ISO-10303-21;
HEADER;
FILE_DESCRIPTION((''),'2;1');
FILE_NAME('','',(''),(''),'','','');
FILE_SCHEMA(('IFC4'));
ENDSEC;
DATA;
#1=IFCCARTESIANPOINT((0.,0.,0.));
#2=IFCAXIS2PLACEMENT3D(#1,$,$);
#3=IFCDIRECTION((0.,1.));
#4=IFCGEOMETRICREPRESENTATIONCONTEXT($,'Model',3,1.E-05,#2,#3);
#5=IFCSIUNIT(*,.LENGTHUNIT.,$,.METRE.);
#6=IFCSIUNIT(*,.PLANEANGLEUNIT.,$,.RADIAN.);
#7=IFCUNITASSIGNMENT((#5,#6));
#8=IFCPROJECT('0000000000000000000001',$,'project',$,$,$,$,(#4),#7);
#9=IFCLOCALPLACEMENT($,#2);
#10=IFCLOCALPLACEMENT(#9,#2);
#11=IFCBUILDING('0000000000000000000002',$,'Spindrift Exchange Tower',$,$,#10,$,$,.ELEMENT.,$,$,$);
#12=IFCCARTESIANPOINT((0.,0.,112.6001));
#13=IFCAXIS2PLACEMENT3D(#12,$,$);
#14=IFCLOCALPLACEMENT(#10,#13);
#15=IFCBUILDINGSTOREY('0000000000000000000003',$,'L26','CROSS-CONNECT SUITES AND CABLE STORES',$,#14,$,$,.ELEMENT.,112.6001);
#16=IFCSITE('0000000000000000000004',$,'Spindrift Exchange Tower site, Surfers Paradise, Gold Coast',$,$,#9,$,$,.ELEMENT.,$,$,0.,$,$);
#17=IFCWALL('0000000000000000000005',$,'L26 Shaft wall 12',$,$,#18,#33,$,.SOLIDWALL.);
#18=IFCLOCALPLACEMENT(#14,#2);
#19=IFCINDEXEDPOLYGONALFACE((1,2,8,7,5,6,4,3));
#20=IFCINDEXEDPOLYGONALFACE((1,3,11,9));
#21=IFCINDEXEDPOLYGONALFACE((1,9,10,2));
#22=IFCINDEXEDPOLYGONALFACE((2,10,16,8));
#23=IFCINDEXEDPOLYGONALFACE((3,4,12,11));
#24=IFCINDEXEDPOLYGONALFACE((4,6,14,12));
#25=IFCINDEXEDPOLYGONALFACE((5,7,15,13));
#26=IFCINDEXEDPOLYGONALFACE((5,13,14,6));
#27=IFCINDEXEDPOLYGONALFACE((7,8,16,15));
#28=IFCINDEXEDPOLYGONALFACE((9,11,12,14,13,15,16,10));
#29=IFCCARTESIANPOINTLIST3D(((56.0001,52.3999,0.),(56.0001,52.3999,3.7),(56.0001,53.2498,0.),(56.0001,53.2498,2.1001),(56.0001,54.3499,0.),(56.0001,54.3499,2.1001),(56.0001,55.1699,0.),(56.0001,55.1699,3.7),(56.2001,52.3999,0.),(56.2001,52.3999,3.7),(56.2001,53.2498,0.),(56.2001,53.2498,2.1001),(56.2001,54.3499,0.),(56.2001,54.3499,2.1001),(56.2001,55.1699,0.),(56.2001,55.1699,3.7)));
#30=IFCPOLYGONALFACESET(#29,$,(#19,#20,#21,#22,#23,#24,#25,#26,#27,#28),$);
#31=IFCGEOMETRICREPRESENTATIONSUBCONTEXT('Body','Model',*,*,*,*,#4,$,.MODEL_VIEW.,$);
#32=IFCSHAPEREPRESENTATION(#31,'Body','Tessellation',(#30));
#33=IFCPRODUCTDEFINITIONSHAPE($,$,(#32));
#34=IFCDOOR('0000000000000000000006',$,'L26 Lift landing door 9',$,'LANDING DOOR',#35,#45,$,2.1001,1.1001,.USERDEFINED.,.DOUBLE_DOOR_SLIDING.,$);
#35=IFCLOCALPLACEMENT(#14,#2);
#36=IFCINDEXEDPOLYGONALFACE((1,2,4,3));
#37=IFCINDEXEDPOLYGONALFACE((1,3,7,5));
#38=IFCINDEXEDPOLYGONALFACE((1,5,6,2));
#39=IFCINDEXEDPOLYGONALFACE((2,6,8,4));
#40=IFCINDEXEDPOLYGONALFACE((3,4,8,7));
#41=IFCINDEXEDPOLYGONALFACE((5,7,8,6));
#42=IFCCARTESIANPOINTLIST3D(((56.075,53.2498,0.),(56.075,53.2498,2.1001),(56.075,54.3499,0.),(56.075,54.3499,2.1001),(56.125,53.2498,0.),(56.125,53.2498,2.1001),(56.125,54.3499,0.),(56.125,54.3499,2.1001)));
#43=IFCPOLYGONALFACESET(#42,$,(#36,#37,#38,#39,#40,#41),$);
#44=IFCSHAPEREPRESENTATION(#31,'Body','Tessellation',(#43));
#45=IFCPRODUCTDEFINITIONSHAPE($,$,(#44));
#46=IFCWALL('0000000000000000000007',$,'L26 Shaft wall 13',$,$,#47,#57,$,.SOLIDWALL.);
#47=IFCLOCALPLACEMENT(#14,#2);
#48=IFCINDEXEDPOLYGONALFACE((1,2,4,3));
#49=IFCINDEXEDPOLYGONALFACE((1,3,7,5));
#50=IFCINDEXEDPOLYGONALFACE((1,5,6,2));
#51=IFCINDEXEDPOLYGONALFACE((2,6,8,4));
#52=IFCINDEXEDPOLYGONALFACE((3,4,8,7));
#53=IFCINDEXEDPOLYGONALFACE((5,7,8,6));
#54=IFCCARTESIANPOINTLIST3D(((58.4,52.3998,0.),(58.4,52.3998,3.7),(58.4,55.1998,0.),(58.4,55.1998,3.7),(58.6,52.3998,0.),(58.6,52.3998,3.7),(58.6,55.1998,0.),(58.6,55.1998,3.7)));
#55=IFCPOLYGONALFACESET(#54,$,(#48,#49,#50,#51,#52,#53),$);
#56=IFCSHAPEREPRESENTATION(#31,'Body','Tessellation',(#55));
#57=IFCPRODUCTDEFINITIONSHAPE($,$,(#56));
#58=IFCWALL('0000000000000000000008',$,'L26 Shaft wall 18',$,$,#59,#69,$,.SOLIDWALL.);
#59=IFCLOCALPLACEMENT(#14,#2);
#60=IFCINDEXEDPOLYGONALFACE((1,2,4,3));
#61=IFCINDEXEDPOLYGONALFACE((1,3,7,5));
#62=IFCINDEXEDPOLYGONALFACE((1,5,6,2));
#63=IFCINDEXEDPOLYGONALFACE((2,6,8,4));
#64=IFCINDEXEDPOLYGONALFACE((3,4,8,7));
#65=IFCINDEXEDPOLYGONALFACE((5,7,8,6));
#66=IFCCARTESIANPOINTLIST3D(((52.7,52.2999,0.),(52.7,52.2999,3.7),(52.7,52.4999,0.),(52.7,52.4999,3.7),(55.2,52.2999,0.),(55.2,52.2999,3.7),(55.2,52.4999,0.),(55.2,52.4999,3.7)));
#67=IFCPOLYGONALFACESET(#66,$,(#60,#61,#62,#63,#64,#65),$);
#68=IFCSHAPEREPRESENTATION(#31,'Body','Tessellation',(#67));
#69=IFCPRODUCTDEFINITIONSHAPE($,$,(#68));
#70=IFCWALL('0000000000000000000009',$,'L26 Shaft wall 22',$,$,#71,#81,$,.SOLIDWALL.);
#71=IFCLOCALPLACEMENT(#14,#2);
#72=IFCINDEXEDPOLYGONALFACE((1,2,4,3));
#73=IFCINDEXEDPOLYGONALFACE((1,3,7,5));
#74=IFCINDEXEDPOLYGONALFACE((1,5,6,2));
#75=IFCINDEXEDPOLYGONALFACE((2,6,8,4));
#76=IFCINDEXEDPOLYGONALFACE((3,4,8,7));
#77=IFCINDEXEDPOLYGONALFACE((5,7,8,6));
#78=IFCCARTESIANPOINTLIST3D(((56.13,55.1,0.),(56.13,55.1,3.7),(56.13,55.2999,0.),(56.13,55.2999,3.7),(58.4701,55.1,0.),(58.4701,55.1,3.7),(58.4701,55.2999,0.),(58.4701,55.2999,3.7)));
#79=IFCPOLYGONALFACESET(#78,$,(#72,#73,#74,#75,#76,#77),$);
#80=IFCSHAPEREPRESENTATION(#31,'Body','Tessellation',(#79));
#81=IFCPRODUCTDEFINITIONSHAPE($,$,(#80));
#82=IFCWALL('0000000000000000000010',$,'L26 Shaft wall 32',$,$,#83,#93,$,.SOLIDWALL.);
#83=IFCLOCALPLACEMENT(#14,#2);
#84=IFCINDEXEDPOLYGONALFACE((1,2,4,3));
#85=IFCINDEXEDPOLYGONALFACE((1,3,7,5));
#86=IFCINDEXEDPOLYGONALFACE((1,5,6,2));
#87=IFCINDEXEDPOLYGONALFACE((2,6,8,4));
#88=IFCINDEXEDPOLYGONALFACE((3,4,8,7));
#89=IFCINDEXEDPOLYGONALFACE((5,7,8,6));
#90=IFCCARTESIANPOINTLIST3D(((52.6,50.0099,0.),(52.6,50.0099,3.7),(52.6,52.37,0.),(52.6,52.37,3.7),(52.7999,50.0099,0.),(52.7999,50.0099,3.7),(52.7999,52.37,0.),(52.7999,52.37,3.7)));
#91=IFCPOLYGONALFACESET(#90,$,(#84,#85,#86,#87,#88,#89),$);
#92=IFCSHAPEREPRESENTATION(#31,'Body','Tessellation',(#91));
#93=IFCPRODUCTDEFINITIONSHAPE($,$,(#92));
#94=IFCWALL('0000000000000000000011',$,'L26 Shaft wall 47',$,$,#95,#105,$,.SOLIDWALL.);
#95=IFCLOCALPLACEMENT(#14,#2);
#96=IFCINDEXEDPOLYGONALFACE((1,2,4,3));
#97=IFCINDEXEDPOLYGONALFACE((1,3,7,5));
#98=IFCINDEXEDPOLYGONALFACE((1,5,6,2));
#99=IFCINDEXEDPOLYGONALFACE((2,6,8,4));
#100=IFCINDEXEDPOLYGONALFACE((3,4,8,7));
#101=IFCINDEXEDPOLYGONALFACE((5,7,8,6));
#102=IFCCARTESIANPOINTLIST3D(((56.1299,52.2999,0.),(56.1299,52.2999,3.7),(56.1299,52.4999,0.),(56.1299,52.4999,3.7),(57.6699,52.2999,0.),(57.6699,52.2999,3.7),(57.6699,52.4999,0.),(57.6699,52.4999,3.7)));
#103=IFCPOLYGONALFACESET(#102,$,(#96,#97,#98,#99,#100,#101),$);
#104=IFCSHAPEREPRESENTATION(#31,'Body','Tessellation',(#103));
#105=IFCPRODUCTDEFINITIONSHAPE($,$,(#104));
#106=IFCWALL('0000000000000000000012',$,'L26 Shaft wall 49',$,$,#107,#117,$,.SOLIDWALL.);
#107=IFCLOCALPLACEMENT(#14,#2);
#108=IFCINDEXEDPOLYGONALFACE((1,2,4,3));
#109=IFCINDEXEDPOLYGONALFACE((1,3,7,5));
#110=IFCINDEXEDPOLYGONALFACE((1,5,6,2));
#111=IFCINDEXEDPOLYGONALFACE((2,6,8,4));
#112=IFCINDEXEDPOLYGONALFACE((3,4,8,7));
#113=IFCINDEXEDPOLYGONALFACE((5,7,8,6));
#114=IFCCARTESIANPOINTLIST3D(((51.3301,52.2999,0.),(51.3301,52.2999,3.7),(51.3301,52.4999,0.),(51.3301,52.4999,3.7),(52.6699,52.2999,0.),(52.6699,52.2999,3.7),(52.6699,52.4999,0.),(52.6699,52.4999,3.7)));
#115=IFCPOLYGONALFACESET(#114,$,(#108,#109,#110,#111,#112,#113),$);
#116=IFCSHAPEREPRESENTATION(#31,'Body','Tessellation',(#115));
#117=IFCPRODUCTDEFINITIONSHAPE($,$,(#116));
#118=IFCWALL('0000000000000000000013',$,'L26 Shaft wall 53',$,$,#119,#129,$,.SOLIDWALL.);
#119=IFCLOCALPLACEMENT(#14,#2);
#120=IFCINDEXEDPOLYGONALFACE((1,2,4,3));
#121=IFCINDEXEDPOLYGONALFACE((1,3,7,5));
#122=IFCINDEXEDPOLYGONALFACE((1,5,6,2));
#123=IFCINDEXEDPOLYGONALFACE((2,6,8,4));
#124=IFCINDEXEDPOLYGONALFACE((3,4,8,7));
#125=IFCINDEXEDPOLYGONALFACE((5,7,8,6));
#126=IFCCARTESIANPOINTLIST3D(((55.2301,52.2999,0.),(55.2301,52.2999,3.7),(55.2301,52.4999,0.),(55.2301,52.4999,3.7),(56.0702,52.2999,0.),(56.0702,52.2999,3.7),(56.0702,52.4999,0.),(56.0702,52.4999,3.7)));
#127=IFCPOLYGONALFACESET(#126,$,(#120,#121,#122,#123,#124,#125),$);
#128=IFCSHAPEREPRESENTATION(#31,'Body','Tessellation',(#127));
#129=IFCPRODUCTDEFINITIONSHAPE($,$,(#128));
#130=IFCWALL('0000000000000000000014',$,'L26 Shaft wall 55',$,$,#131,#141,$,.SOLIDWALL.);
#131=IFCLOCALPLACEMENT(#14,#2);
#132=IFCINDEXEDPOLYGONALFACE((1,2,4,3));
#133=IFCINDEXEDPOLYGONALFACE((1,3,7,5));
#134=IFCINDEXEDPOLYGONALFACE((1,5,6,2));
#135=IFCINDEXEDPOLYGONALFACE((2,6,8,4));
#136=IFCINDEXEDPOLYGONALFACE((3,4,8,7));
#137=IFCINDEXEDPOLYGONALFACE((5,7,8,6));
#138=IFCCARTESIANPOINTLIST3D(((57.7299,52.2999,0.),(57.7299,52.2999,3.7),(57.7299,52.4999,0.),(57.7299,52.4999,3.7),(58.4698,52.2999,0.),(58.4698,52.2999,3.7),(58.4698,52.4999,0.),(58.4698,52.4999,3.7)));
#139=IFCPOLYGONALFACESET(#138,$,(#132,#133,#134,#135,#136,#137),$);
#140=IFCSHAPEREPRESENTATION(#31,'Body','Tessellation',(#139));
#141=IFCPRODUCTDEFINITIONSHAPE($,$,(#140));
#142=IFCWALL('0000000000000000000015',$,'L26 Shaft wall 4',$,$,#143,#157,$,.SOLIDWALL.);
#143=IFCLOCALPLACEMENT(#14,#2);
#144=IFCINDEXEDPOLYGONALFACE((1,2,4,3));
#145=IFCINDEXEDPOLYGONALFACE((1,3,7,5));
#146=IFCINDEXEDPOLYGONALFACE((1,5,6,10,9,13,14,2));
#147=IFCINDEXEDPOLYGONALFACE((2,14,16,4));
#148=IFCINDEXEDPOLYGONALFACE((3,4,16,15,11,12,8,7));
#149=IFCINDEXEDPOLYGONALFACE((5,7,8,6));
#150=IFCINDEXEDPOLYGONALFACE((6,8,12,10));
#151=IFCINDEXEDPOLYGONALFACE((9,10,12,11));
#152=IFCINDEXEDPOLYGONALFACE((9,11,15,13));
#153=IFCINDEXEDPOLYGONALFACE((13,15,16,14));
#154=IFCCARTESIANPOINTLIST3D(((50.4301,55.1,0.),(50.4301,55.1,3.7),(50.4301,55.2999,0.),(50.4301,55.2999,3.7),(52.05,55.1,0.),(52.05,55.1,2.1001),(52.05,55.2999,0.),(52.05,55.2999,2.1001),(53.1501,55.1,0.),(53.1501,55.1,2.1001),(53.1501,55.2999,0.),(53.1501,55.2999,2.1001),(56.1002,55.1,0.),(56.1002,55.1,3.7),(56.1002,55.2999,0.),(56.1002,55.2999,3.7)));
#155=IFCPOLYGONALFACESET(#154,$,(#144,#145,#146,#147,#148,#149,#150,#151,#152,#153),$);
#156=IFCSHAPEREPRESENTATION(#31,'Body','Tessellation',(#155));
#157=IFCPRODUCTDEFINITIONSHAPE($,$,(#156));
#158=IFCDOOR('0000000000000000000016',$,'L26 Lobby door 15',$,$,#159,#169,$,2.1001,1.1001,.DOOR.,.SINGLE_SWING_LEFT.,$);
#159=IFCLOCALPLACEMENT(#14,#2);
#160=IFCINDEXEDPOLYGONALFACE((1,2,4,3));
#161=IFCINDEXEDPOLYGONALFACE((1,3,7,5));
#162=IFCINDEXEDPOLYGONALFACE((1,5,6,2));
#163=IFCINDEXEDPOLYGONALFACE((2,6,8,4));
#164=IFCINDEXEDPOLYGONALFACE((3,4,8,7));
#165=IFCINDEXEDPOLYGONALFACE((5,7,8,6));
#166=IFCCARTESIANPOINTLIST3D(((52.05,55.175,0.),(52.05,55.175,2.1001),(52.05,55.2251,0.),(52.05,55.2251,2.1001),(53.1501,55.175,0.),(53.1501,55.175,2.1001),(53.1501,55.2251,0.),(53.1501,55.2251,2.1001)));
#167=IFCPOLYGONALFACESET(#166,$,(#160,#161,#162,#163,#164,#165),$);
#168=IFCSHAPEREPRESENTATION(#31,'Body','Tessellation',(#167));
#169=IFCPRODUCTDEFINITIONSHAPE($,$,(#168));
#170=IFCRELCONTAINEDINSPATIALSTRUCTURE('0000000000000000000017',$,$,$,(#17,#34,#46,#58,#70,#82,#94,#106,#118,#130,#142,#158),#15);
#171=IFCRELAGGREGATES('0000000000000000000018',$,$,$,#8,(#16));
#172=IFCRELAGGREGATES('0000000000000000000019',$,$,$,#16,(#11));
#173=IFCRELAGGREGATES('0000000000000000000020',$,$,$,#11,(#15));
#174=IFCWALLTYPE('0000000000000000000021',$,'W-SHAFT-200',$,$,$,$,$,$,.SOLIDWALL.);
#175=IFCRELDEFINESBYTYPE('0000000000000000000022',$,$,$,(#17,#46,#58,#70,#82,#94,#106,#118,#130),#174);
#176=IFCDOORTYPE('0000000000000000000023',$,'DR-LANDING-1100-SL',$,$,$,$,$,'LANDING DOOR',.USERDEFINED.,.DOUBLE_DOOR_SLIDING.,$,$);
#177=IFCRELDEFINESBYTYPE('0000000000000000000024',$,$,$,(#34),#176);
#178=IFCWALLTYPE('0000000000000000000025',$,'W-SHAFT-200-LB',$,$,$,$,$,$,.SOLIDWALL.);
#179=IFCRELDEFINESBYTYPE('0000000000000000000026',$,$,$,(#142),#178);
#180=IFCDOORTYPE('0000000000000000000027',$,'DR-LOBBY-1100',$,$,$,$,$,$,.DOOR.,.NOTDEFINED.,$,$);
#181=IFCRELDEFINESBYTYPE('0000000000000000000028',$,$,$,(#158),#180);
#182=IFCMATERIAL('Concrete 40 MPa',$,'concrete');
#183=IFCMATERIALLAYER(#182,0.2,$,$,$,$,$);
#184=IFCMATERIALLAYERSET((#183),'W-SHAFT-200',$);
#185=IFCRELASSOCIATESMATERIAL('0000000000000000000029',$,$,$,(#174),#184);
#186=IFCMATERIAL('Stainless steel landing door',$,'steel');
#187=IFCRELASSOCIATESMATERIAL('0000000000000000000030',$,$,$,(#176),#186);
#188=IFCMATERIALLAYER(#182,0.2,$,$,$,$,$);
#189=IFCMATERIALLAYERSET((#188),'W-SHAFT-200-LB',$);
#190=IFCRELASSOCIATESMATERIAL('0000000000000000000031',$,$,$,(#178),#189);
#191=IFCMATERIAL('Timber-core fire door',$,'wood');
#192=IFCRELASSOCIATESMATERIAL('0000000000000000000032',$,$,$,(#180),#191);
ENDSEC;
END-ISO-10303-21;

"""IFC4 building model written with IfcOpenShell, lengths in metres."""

from ifc_helpers import new_model, si_unit, direction, frame, frame_2d, origin, place, context, subcontext, project, spatial, rectangle, extrude, source, transform, mapped, material, layer, layer_set, type_object, element, fill, save


model = new_model("IFC4")

# Units and contexts
model_context = context("Model", 3, precision=1e-05, world=origin(), true_north=direction((0.0, 1.0)))
body_context = subcontext(model_context, "Body", "Model", "MODEL_VIEW")
ifc_project = project(units=[si_unit("LENGTHUNIT", "METRE"), si_unit("PLANEANGLEUNIT", "RADIAN")], contexts=[model_context])

# Site, building, storey
site_placement = place(None, origin())
site = spatial("IfcSite", under=ifc_project, at=site_placement, Name="Spindrift Exchange Tower site, Surfers Paradise, Gold Coast", CompositionType="ELEMENT", RefElevation=0.0)
building_placement = place(site_placement, origin())
building = spatial("IfcBuilding", under=site, at=building_placement, Name="Spindrift Exchange Tower", CompositionType="ELEMENT")
storey_placement = place(building_placement, frame((0.0, 0.0, 112.6001)))
storey = spatial("IfcBuildingStorey", under=building, at=storey_placement, Name="L26", Description="CROSS-CONNECT SUITES AND CABLE STORES", CompositionType="ELEMENT", Elevation=112.6001)

# Wall, opening, door
ifc_material_1 = material(Name="Concrete 40 MPa", Category="concrete")
ifc_layer_1 = layer(ifc_material_1, 0.2)
ifc_layer_set_1 = layer_set([ifc_layer_1], Name="W-SHAFT-200")
wall_type_1 = type_object("IfcWallType", Name="W-SHAFT-200", PredefinedType="SOLIDWALL", material=ifc_layer_set_1)
wall_1_placement = place(storey_placement, frame((56.1001, 55.1699, 0.0), z_axis=(0.0, 0.0, 1.0), x_axis=(0.0, -1.0, 0.0)))
wall_1 = element("IfcWall", 1, at=wall_1_placement, inside=storey, type_object=wall_type_1, Name="L26 Shaft wall 12", PredefinedType="SOLIDWALL", context=body_context, shape_type="SweptSolid", body=[
    extrude(rectangle(XDim=2.77, YDim=0.2, at=frame_2d((1.385, 0.0))), origin(), (0.0, 0.0, 1.0), 3.7),
])
opening_1_placement = place(wall_1_placement, frame((0.8201, 0.0, 0.0)))
opening_1 = element("IfcOpeningElement", 2, at=opening_1_placement, cuts=wall_1, PredefinedType="OPENING", context=body_context, shape_type="SweptSolid", body=[
    extrude(rectangle(XDim=1.1001, YDim=2.1001, at=frame_2d((0.55, 1.05))), frame((0.0, 0.1099, 0.0), z_axis=(0.0, -1.0, 0.0), x_axis=(1.0, 0.0, 0.0)), (0.0, 0.0, 1.0), 0.22),
])
ifc_material_2 = material(Name="Stainless steel landing door", Category="steel")
door_type_1 = type_object("IfcDoorType", Name="DR-LANDING-1100-SL", ElementType="LANDING DOOR", OperationType="DOUBLE_DOOR_SLIDING", PredefinedType="USERDEFINED", material=ifc_material_2)
shared_shape_1 = source(origin(), body_context, "Body", "SweptSolid", [
    extrude(rectangle(XDim=1.1001, YDim=2.1001, at=frame_2d((0.55, 1.05))), frame((0.0, 0.0249, 0.0), z_axis=(0.0, -1.0, 0.0), x_axis=(1.0, 0.0, 0.0)), (0.0, 0.0, 1.0), 0.05),
])
door_1_placement = place(opening_1_placement, origin())
door_1 = element("IfcDoor", 3, at=door_1_placement, inside=storey, type_object=door_type_1, Name="L26 Lift landing door 9", ObjectType="LANDING DOOR", OperationType="DOUBLE_DOOR_SLIDING", OverallHeight=2.1001, OverallWidth=1.1001, PredefinedType="USERDEFINED", context=body_context, shape_type="MappedRepresentation", body=[
    mapped(shared_shape_1, transform((0.0, 0.0, 0.0), scale=1.0)),
])
fill(opening_1, door_1)

# Walls
wall_2_placement = place(storey_placement, frame((58.5, 52.3999, 0.0), z_axis=(0.0, 0.0, 1.0), x_axis=(0.0, 1.0, 0.0)))
element("IfcWall", 4, at=wall_2_placement, inside=storey, type_object=wall_type_1, Name="L26 Shaft wall 13", PredefinedType="SOLIDWALL", context=body_context, shape_type="SweptSolid", body=[
    extrude(rectangle(XDim=2.8, YDim=0.2, at=frame_2d((1.3999, 0.0))), origin(), (0.0, 0.0, 1.0), 3.7),
])
wall_3_placement = place(storey_placement, frame((55.2, 52.3999, 0.0), z_axis=(0.0, 0.0, 1.0), x_axis=(-1.0, 0.0, 0.0)))
element("IfcWall", 5, at=wall_3_placement, inside=storey, type_object=wall_type_1, Name="L26 Shaft wall 18", PredefinedType="SOLIDWALL", context=body_context, shape_type="SweptSolid", body=[
    extrude(rectangle(XDim=2.5, YDim=0.2, at=frame_2d((1.25, 0.0))), origin(), (0.0, 0.0, 1.0), 3.7),
])
wall_4_placement = place(storey_placement, frame((58.47, 55.2, 0.0), z_axis=(0.0, 0.0, 1.0), x_axis=(-1.0, 0.0, 0.0)))
element("IfcWall", 6, at=wall_4_placement, inside=storey, type_object=wall_type_1, Name="L26 Shaft wall 22", PredefinedType="SOLIDWALL", context=body_context, shape_type="SweptSolid", body=[
    extrude(rectangle(XDim=2.3401, YDim=0.2, at=frame_2d((1.1699, 0.0))), origin(), (0.0, 0.0, 1.0), 3.7),
])
wall_5_placement = place(storey_placement, frame((52.7, 52.3701, 0.0), z_axis=(0.0, 0.0, 1.0), x_axis=(0.0, -1.0, 0.0)))
element("IfcWall", 7, at=wall_5_placement, inside=storey, type_object=wall_type_1, Name="L26 Shaft wall 32", PredefinedType="SOLIDWALL", context=body_context, shape_type="SweptSolid", body=[
    extrude(rectangle(XDim=2.3601, YDim=0.2, at=frame_2d((1.1802, 0.0))), origin(), (0.0, 0.0, 1.0), 3.7),
])
wall_6_placement = place(storey_placement, frame((57.6699, 52.3999, 0.0), z_axis=(0.0, 0.0, 1.0), x_axis=(-1.0, 0.0, 0.0)))
element("IfcWall", 8, at=wall_6_placement, inside=storey, type_object=wall_type_1, Name="L26 Shaft wall 47", PredefinedType="SOLIDWALL", context=body_context, shape_type="SweptSolid", body=[
    extrude(rectangle(XDim=1.54, YDim=0.2, at=frame_2d((0.77, 0.0))), origin(), (0.0, 0.0, 1.0), 3.7),
])
wall_7_placement = place(storey_placement, frame((51.3301, 52.3999, 0.0), z_axis=(0.0, 0.0, 1.0), x_axis=(1.0, 0.0, 0.0)))
element("IfcWall", 9, at=wall_7_placement, inside=storey, type_object=wall_type_1, Name="L26 Shaft wall 49", PredefinedType="SOLIDWALL", context=body_context, shape_type="SweptSolid", body=[
    extrude(rectangle(XDim=1.3398, YDim=0.2, at=frame_2d((0.6699, 0.0))), origin(), (0.0, 0.0, 1.0), 3.7),
])
wall_8_placement = place(storey_placement, frame((56.0701, 52.3999, 0.0), z_axis=(0.0, 0.0, 1.0), x_axis=(-1.0, 0.0, 0.0)))
element("IfcWall", 10, at=wall_8_placement, inside=storey, type_object=wall_type_1, Name="L26 Shaft wall 53", PredefinedType="SOLIDWALL", context=body_context, shape_type="SweptSolid", body=[
    extrude(rectangle(XDim=0.8401, YDim=0.2, at=frame_2d((0.4199, 0.0))), origin(), (0.0, 0.0, 1.0), 3.7),
])
wall_9_placement = place(storey_placement, frame((58.47, 52.3999, 0.0), z_axis=(0.0, 0.0, 1.0), x_axis=(-1.0, 0.0, 0.0)))
element("IfcWall", 11, at=wall_9_placement, inside=storey, type_object=wall_type_1, Name="L26 Shaft wall 55", PredefinedType="SOLIDWALL", context=body_context, shape_type="SweptSolid", body=[
    extrude(rectangle(XDim=0.74, YDim=0.2, at=frame_2d((0.3701, 0.0))), origin(), (0.0, 0.0, 1.0), 3.7),
])

# Wall, opening, door
ifc_layer_2 = layer(ifc_material_1, 0.2)
ifc_layer_set_2 = layer_set([ifc_layer_2], Name="W-SHAFT-200-LB")
wall_type_2 = type_object("IfcWallType", Name="W-SHAFT-200-LB", PredefinedType="SOLIDWALL", material=ifc_layer_set_2)
wall_10_placement = place(storey_placement, frame((56.1001, 55.2, 0.0), z_axis=(0.0, 0.0, 1.0), x_axis=(-1.0, 0.0, 0.0)))
wall_10 = element("IfcWall", 12, at=wall_10_placement, inside=storey, type_object=wall_type_2, Name="L26 Shaft wall 4", PredefinedType="SOLIDWALL", context=body_context, shape_type="SweptSolid", body=[
    extrude(rectangle(XDim=5.6702, YDim=0.2, at=frame_2d((2.835, 0.0))), origin(), (0.0, 0.0, 1.0), 3.7),
])
opening_2_placement = place(wall_10_placement, frame((2.95, 0.0, 0.0)))
opening_2 = element("IfcOpeningElement", 13, at=opening_2_placement, cuts=wall_10, PredefinedType="OPENING", context=body_context, shape_type="SweptSolid", body=[
    extrude(rectangle(XDim=1.1001, YDim=2.1001, at=frame_2d((0.55, 1.05))), frame((0.0, 0.1099, 0.0), z_axis=(0.0, -1.0, 0.0), x_axis=(1.0, 0.0, 0.0)), (0.0, 0.0, 1.0), 0.22),
])
ifc_material_3 = material(Name="Timber-core fire door", Category="wood")
door_type_2 = type_object("IfcDoorType", Name="DR-LOBBY-1100", OperationType="NOTDEFINED", PredefinedType="DOOR", material=ifc_material_3)
shared_shape_2 = source(origin(), body_context, "Body", "SweptSolid", [
    extrude(rectangle(XDim=1.1001, YDim=2.1001, at=frame_2d((0.55, 1.05))), frame((0.0, 0.0249, 0.0), z_axis=(0.0, -1.0, 0.0), x_axis=(1.0, 0.0, 0.0)), (0.0, 0.0, 1.0), 0.05),
])
door_2_placement = place(opening_2_placement, origin())
door_2 = element("IfcDoor", 14, at=door_2_placement, inside=storey, type_object=door_type_2, Name="L26 Lobby door 15", OperationType="SINGLE_SWING_LEFT", OverallHeight=2.1001, OverallWidth=1.1001, PredefinedType="DOOR", context=body_context, shape_type="MappedRepresentation", body=[
    mapped(shared_shape_2, transform((0.0, 0.0, 0.0), scale=1.0)),
])
fill(opening_2, door_2)

save(model, "model.ifc")
